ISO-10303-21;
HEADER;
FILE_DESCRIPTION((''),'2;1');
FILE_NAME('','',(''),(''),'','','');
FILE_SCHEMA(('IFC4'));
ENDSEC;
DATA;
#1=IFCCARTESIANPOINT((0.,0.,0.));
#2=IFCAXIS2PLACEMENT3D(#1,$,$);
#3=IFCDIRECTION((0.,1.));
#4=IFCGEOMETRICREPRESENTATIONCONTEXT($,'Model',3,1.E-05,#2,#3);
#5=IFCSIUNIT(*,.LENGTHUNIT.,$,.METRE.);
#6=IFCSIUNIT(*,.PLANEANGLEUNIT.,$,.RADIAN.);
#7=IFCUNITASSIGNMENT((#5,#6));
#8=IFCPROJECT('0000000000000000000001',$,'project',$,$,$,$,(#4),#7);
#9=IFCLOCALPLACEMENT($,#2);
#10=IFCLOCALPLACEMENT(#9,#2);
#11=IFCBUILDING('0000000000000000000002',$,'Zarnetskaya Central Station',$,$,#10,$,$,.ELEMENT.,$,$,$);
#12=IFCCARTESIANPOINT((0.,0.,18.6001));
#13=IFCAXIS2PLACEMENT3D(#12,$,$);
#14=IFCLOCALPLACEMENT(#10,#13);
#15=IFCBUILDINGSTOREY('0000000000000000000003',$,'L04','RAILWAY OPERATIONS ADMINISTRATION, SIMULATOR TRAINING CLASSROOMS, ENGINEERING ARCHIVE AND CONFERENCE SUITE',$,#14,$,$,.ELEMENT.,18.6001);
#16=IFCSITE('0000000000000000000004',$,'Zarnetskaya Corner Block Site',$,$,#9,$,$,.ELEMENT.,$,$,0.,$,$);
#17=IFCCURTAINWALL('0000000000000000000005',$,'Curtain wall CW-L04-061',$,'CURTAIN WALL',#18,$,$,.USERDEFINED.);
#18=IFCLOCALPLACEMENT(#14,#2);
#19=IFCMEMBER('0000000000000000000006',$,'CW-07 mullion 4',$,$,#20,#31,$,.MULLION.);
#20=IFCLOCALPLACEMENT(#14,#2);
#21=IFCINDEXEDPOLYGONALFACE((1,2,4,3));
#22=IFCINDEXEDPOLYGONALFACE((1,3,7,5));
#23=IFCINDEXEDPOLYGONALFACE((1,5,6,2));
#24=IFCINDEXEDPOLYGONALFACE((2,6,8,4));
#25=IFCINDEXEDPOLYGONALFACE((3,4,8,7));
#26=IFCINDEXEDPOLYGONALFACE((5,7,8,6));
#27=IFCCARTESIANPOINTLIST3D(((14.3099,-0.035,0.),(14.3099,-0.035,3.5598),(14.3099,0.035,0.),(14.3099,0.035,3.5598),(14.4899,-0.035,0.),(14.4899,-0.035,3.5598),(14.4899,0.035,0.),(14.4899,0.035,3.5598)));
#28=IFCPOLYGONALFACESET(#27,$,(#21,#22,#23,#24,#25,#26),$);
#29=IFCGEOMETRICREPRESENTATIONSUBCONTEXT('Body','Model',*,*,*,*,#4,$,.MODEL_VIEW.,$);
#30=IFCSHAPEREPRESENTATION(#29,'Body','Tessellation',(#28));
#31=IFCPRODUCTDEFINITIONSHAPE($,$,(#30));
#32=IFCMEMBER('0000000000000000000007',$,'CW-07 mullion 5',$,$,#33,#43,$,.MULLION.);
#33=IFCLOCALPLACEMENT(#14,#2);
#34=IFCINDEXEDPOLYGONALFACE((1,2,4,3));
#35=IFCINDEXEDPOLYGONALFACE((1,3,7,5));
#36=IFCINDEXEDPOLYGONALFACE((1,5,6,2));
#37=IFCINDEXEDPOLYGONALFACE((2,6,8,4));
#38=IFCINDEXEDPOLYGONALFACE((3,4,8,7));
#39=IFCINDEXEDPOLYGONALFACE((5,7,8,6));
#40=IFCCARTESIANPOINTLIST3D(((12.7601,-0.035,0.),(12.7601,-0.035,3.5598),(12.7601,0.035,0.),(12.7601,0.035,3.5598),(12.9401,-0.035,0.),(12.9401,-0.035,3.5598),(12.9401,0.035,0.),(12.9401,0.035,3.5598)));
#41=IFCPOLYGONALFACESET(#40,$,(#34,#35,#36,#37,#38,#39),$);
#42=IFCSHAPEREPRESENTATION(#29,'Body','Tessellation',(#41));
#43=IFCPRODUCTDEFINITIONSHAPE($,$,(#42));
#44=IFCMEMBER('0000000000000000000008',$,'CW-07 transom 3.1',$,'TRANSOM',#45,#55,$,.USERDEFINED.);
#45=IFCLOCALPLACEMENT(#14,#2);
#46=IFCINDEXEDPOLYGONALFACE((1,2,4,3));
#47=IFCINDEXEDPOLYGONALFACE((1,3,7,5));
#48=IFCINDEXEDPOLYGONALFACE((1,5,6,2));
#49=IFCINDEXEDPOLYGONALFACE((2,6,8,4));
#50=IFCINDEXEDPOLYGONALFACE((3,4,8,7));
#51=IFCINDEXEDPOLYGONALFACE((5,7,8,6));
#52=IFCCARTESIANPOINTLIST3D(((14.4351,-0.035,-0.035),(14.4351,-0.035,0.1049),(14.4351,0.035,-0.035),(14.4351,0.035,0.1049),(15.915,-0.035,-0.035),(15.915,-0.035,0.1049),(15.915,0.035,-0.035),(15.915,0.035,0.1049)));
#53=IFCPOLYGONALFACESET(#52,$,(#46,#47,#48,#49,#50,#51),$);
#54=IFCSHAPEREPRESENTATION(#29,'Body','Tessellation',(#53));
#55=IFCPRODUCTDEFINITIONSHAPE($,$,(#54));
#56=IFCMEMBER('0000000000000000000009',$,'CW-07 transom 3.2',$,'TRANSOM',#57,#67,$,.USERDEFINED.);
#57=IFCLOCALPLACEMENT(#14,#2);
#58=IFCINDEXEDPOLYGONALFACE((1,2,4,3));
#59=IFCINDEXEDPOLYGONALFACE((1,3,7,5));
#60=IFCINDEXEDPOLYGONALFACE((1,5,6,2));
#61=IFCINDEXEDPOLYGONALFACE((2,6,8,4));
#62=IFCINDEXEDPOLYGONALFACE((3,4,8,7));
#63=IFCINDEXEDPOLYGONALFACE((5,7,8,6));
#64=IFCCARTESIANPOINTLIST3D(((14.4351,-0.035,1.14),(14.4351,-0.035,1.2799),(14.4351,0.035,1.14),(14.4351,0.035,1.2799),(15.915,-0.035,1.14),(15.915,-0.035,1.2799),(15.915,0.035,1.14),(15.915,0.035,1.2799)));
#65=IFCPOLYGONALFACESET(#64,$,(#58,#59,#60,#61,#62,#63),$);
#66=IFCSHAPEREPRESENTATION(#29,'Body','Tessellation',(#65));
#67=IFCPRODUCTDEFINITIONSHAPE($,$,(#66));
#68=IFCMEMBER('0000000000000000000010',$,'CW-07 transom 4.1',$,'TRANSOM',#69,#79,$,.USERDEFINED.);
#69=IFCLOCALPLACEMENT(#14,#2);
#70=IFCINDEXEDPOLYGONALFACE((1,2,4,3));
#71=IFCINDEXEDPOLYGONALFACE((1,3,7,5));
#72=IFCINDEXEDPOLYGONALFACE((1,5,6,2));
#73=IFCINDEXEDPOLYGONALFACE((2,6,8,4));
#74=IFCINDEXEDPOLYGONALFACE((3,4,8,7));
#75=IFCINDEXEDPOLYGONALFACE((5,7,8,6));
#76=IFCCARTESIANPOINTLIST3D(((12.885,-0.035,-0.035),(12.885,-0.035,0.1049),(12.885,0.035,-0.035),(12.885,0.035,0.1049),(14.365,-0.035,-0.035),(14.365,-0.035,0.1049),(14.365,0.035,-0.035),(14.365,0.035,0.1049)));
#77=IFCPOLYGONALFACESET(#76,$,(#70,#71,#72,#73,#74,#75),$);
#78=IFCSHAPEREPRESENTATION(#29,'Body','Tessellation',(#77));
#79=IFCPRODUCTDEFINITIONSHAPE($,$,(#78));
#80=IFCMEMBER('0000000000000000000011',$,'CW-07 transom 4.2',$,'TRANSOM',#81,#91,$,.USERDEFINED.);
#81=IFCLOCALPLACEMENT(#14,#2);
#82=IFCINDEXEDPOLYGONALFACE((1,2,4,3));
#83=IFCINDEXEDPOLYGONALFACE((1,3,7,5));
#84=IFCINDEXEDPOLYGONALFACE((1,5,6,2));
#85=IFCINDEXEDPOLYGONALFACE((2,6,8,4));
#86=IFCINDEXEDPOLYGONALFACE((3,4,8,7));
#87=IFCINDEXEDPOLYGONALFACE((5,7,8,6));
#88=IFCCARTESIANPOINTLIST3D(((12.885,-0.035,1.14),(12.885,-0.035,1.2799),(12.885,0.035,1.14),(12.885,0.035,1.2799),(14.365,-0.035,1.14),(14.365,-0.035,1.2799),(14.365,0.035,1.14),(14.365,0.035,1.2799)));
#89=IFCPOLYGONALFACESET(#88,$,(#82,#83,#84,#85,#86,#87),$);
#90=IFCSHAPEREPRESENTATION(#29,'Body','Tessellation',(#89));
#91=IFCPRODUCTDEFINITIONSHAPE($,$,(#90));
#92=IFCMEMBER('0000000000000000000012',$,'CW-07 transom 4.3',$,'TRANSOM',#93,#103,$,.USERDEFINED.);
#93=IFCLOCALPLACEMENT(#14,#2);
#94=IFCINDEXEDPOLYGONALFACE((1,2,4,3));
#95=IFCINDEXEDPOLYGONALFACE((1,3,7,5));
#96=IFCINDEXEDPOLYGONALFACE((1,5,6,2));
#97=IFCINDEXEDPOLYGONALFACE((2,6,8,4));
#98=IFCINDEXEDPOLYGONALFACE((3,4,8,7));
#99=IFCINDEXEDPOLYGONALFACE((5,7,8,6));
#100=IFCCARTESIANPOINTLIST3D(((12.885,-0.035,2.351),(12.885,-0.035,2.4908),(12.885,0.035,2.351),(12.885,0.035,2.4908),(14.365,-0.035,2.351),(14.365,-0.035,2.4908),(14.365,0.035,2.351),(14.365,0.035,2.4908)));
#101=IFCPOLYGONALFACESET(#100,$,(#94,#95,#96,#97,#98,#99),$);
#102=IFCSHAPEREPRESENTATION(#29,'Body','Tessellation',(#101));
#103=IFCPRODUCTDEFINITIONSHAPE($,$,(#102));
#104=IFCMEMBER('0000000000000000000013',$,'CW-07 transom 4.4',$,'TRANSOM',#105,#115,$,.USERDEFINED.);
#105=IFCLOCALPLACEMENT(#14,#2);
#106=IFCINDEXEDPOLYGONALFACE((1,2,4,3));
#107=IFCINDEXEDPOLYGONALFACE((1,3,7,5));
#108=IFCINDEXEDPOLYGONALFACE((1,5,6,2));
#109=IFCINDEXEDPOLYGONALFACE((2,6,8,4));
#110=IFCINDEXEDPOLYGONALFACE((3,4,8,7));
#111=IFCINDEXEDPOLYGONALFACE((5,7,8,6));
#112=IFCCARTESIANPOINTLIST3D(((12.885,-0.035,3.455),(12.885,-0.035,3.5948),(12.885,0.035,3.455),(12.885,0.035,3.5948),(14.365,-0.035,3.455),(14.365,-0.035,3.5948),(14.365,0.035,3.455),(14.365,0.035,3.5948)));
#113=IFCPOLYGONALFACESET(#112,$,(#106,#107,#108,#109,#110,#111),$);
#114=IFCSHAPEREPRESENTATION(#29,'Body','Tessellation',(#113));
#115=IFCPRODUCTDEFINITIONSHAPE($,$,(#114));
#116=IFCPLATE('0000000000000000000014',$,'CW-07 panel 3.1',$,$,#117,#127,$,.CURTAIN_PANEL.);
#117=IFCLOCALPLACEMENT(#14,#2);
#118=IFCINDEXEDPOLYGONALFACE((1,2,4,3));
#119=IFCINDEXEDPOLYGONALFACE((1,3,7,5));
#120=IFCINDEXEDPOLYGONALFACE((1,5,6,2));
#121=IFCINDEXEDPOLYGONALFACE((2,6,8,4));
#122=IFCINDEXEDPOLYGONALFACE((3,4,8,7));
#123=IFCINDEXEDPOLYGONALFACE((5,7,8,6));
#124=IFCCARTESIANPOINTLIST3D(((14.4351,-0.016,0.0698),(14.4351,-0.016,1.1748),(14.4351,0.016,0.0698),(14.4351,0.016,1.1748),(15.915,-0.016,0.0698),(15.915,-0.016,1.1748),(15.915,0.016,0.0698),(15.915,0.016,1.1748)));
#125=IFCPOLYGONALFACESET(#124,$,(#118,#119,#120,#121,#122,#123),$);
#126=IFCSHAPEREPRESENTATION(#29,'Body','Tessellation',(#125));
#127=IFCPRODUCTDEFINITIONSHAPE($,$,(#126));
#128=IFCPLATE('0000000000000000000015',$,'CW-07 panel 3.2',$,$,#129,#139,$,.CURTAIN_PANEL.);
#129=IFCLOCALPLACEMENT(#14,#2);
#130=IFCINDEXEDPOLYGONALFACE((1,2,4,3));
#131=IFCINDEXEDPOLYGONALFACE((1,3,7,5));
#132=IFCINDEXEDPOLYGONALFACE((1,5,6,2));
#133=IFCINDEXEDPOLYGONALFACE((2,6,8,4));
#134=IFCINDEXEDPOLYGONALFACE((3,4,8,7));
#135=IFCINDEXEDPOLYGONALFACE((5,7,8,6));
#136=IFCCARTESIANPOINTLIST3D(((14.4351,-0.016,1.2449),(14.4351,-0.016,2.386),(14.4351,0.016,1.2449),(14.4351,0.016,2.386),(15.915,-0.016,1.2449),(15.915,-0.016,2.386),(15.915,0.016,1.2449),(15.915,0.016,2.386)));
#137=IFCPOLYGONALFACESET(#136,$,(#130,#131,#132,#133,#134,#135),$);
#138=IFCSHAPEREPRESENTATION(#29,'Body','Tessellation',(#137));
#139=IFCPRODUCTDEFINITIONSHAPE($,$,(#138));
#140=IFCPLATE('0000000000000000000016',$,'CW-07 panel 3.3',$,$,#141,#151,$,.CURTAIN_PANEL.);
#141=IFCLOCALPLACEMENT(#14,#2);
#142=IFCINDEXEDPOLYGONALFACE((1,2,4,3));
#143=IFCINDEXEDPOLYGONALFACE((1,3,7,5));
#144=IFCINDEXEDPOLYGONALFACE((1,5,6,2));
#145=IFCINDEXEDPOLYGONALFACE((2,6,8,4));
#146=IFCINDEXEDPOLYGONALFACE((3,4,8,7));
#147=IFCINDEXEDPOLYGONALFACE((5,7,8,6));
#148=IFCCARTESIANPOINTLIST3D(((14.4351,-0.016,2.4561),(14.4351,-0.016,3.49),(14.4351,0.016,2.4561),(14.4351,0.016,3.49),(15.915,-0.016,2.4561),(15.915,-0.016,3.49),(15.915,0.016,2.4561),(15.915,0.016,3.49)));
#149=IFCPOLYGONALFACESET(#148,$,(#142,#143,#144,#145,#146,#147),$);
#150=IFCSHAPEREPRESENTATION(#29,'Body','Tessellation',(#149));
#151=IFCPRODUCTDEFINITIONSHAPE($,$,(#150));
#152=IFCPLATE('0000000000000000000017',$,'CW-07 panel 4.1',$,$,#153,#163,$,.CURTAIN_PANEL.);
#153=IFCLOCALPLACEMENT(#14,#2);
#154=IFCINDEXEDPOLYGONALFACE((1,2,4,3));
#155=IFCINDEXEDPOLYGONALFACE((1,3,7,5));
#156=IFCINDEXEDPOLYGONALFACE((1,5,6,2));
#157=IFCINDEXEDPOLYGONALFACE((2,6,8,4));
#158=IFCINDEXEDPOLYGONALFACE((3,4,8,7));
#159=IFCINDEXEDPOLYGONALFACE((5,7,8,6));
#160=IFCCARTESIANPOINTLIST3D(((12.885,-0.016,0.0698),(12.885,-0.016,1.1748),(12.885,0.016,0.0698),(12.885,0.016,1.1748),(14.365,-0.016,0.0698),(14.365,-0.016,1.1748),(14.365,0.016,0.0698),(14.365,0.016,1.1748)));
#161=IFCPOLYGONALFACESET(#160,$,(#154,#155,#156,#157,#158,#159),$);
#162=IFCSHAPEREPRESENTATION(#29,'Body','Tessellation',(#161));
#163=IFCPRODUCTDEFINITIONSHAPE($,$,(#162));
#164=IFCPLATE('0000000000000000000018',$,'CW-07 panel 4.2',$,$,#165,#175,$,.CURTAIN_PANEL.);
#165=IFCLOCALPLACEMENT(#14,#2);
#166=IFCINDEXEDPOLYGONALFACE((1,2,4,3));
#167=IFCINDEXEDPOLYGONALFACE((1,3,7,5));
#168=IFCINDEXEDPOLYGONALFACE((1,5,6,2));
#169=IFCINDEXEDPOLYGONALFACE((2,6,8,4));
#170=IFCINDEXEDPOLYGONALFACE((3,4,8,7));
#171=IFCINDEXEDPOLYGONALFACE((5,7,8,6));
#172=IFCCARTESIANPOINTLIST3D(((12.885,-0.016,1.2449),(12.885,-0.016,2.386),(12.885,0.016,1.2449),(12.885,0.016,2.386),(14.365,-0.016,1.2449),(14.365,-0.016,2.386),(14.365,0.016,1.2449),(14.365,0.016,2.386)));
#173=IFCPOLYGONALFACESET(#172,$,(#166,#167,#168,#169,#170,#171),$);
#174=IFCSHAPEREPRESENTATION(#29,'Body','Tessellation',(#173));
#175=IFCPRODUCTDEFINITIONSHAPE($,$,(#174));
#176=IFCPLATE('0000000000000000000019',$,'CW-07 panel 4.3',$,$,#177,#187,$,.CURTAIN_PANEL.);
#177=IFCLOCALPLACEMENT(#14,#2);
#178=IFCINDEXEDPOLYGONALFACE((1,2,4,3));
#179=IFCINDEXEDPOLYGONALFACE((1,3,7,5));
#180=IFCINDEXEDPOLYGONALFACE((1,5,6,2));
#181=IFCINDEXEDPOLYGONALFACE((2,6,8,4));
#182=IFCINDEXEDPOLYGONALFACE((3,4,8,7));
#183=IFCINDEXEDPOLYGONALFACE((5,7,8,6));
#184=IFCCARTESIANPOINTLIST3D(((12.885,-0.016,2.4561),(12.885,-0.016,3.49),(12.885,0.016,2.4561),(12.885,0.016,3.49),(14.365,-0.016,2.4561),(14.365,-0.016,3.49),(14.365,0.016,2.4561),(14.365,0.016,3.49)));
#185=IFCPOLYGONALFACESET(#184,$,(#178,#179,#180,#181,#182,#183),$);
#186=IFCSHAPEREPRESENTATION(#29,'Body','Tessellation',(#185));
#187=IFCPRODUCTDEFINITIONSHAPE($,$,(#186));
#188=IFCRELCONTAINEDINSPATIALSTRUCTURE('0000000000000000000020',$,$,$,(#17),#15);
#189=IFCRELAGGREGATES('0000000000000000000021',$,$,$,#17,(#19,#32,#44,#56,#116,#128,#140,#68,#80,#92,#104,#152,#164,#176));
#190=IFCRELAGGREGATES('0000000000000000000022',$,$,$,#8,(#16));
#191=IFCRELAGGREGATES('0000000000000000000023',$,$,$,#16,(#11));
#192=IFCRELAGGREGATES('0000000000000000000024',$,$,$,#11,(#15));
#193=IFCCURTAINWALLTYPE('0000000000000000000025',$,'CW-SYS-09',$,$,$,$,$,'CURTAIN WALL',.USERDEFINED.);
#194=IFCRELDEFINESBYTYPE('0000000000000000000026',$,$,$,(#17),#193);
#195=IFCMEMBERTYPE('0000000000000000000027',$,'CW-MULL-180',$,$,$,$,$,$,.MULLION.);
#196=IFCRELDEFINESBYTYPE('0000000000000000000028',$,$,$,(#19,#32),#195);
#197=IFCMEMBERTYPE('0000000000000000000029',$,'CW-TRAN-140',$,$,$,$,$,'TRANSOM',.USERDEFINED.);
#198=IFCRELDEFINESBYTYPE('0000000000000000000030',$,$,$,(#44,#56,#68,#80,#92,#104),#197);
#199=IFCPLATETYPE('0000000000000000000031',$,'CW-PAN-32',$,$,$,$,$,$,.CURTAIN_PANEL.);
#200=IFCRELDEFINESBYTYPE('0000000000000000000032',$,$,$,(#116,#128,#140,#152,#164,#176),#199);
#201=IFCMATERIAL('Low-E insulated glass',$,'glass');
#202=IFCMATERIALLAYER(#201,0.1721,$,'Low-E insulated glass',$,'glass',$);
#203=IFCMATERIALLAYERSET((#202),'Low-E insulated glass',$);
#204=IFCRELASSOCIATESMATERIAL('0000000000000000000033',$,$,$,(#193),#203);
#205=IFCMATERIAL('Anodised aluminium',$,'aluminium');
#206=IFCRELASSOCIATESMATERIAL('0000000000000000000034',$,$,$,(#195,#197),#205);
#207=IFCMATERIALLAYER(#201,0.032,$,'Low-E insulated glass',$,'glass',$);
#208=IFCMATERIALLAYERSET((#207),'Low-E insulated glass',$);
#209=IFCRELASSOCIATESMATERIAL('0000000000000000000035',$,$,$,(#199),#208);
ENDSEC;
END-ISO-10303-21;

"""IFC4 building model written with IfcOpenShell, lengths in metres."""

from ifc_helpers import new_model, si_unit, direction, frame, origin, origin_2d, place, context, subcontext, project, spatial, rectangle, extrude, material, layer, layer_set, material_profile, profile_set, type_object, element, aggregate, save


model = new_model("IFC4")

# Units and contexts
model_context = context("Model", 3, precision=1e-05, world=origin(), true_north=direction((0.0, 1.0)))
body_context = subcontext(model_context, "Body", "Model", "MODEL_VIEW")
ifc_project = project(units=[si_unit("LENGTHUNIT", "METRE"), si_unit("PLANEANGLEUNIT", "RADIAN")], contexts=[model_context])

# Site, building, storey
site_placement = place(None, origin())
site = spatial("IfcSite", under=ifc_project, at=site_placement, Name="Zarnetskaya Corner Block Site", CompositionType="ELEMENT", RefElevation=0.0)
building_placement = place(site_placement, origin())
building = spatial("IfcBuilding", under=site, at=building_placement, Name="Zarnetskaya Central Station", CompositionType="ELEMENT")
storey_placement = place(building_placement, frame((0.0, 0.0, 18.6001)))
storey = spatial("IfcBuildingStorey", under=building, at=storey_placement, Name="L04", Description="RAILWAY OPERATIONS ADMINISTRATION, SIMULATOR TRAINING CLASSROOMS, ENGINEERING ARCHIVE AND CONFERENCE SUITE", CompositionType="ELEMENT", Elevation=18.6001)

# Curtain wall, members, plates
ifc_material_1 = material(Name="Low-E insulated glass", Category="glass")
ifc_layer_1 = layer(ifc_material_1, 0.1721, Name="Low-E insulated glass", Category="glass")
ifc_layer_set_1 = layer_set([ifc_layer_1], Name="Low-E insulated glass")
curtain_wall_type = type_object("IfcCurtainWallType", Name="CW-SYS-09", ElementType="CURTAIN WALL", PredefinedType="USERDEFINED", material=ifc_layer_set_1)
curtain_wall_placement = place(storey_placement, origin())
curtain_wall = element("IfcCurtainWall", 1, at=curtain_wall_placement, inside=storey, type_object=curtain_wall_type, Name="Curtain wall CW-L04-061", ObjectType="CURTAIN WALL", PredefinedType="USERDEFINED")
ifc_material_2 = material(Name="Anodised aluminium", Category="aluminium")
ifc_material_profile_1 = material_profile(ifc_material_2, rectangle(XDim=0.0701, YDim=0.1799, at=origin_2d()), Name="ALU MULL 70x180")
ifc_profile_set_1 = profile_set([ifc_material_profile_1], Name="Anodised aluminium")
member_type_1 = type_object("IfcMemberType", Name="CW-MULL-180", PredefinedType="MULLION", material=ifc_profile_set_1)
member_1_placement = place(storey_placement, frame((14.3999, 0.0, 0.0), z_axis=(0.0, 0.0, 1.0), x_axis=(0.0, -1.0, 0.0)))
member_1 = element("IfcMember", 2, at=member_1_placement, type_object=member_type_1, Name="CW-07 mullion 4", PredefinedType="MULLION", context=body_context, shape_type="SweptSolid", body=[
    extrude(rectangle(XDim=0.0701, YDim=0.1799, at=origin_2d()), origin(), (0.0, 0.0, 1.0), 3.5598),
])
member_2_placement = place(storey_placement, frame((12.8501, 0.0, 0.0), z_axis=(0.0, 0.0, 1.0), x_axis=(0.0, -1.0, 0.0)))
member_2 = element("IfcMember", 3, at=member_2_placement, type_object=member_type_1, Name="CW-07 mullion 5", PredefinedType="MULLION", context=body_context, shape_type="SweptSolid", body=[
    extrude(rectangle(XDim=0.0701, YDim=0.1799, at=origin_2d()), origin(), (0.0, 0.0, 1.0), 3.5598),
])
ifc_material_profile_2 = material_profile(ifc_material_2, rectangle(XDim=0.0701, YDim=0.1399, at=origin_2d()), Name="ALU TRAN 70x140")
ifc_profile_set_2 = profile_set([ifc_material_profile_2], Name="Anodised aluminium")
member_type_2 = type_object("IfcMemberType", Name="CW-TRAN-140", ElementType="TRANSOM", PredefinedType="USERDEFINED", material=ifc_profile_set_2)
member_3_placement = place(storey_placement, frame((15.915, 0.0, 0.0349), z_axis=(-1.0, 0.0, 0.0), x_axis=(0.0, -1.0, 0.0)))
member_3 = element("IfcMember", 4, at=member_3_placement, type_object=member_type_2, Name="CW-07 transom 3.1", ObjectType="TRANSOM", PredefinedType="USERDEFINED", context=body_context, shape_type="SweptSolid", body=[
    extrude(rectangle(XDim=0.0701, YDim=0.1399, at=origin_2d()), origin(), (0.0, 0.0, 1.0), 1.48),
])
member_4_placement = place(storey_placement, frame((15.915, 0.0, 1.21), z_axis=(-1.0, 0.0, 0.0), x_axis=(0.0, -1.0, 0.0)))
member_4 = element("IfcMember", 5, at=member_4_placement, type_object=member_type_2, Name="CW-07 transom 3.2", ObjectType="TRANSOM", PredefinedType="USERDEFINED", context=body_context, shape_type="SweptSolid", body=[
    extrude(rectangle(XDim=0.0701, YDim=0.1399, at=origin_2d()), origin(), (0.0, 0.0, 1.0), 1.48),
])
member_5_placement = place(storey_placement, frame((14.365, 0.0, 0.0349), z_axis=(-1.0, 0.0, 0.0), x_axis=(0.0, -1.0, 0.0)))
member_5 = element("IfcMember", 6, at=member_5_placement, type_object=member_type_2, Name="CW-07 transom 4.1", ObjectType="TRANSOM", PredefinedType="USERDEFINED", context=body_context, shape_type="SweptSolid", body=[
    extrude(rectangle(XDim=0.0701, YDim=0.1399, at=origin_2d()), origin(), (0.0, 0.0, 1.0), 1.48),
])
member_6_placement = place(storey_placement, frame((14.365, 0.0, 1.21), z_axis=(-1.0, 0.0, 0.0), x_axis=(0.0, -1.0, 0.0)))
member_6 = element("IfcMember", 7, at=member_6_placement, type_object=member_type_2, Name="CW-07 transom 4.2", ObjectType="TRANSOM", PredefinedType="USERDEFINED", context=body_context, shape_type="SweptSolid", body=[
    extrude(rectangle(XDim=0.0701, YDim=0.1399, at=origin_2d()), origin(), (0.0, 0.0, 1.0), 1.48),
])
member_7_placement = place(storey_placement, frame((14.365, 0.0, 2.4209), z_axis=(-1.0, 0.0, 0.0), x_axis=(0.0, -1.0, 0.0)))
member_7 = element("IfcMember", 8, at=member_7_placement, type_object=member_type_2, Name="CW-07 transom 4.3", ObjectType="TRANSOM", PredefinedType="USERDEFINED", context=body_context, shape_type="SweptSolid", body=[
    extrude(rectangle(XDim=0.0701, YDim=0.1399, at=origin_2d()), origin(), (0.0, 0.0, 1.0), 1.48),
])
member_8_placement = place(storey_placement, frame((14.365, 0.0, 3.5249), z_axis=(-1.0, 0.0, 0.0), x_axis=(0.0, -1.0, 0.0)))
member_8 = element("IfcMember", 9, at=member_8_placement, type_object=member_type_2, Name="CW-07 transom 4.4", ObjectType="TRANSOM", PredefinedType="USERDEFINED", context=body_context, shape_type="SweptSolid", body=[
    extrude(rectangle(XDim=0.0701, YDim=0.1399, at=origin_2d()), origin(), (0.0, 0.0, 1.0), 1.48),
])
ifc_layer_2 = layer(ifc_material_1, 0.032, Name="Low-E insulated glass", Category="glass")
ifc_layer_set_2 = layer_set([ifc_layer_2], Name="Low-E insulated glass")
plate_type = type_object("IfcPlateType", Name="CW-PAN-32", PredefinedType="CURTAIN_PANEL", material=ifc_layer_set_2)
plate_1_placement = place(storey_placement, frame((15.175, 0.0, 0.0698), z_axis=(0.0, 0.0, 1.0), x_axis=(-1.0, 0.0, 0.0)))
plate_1 = element("IfcPlate", 10, at=plate_1_placement, type_object=plate_type, Name="CW-07 panel 3.1", PredefinedType="CURTAIN_PANEL", context=body_context, shape_type="SweptSolid", body=[
    extrude(rectangle(XDim=1.48, YDim=0.032, at=origin_2d()), origin(), (0.0, 0.0, 1.0), 1.105),
])
plate_2_placement = place(storey_placement, frame((15.175, 0.0, 1.2449), z_axis=(0.0, 0.0, 1.0), x_axis=(-1.0, 0.0, 0.0)))
plate_2 = element("IfcPlate", 11, at=plate_2_placement, type_object=plate_type, Name="CW-07 panel 3.2", PredefinedType="CURTAIN_PANEL", context=body_context, shape_type="SweptSolid", body=[
    extrude(rectangle(XDim=1.48, YDim=0.032, at=origin_2d()), origin(), (0.0, 0.0, 1.0), 1.1411),
])
plate_3_placement = place(storey_placement, frame((15.175, 0.0, 2.4561), z_axis=(0.0, 0.0, 1.0), x_axis=(-1.0, 0.0, 0.0)))
plate_3 = element("IfcPlate", 12, at=plate_3_placement, type_object=plate_type, Name="CW-07 panel 3.3", PredefinedType="CURTAIN_PANEL", context=body_context, shape_type="SweptSolid", body=[
    extrude(rectangle(XDim=1.48, YDim=0.032, at=origin_2d()), origin(), (0.0, 0.0, 1.0), 1.0339),
])
plate_4_placement = place(storey_placement, frame((13.625, 0.0, 0.0698), z_axis=(0.0, 0.0, 1.0), x_axis=(-1.0, 0.0, 0.0)))
plate_4 = element("IfcPlate", 13, at=plate_4_placement, type_object=plate_type, Name="CW-07 panel 4.1", PredefinedType="CURTAIN_PANEL", context=body_context, shape_type="SweptSolid", body=[
    extrude(rectangle(XDim=1.48, YDim=0.032, at=origin_2d()), origin(), (0.0, 0.0, 1.0), 1.105),
])
plate_5_placement = place(storey_placement, frame((13.625, 0.0, 1.2449), z_axis=(0.0, 0.0, 1.0), x_axis=(-1.0, 0.0, 0.0)))
plate_5 = element("IfcPlate", 14, at=plate_5_placement, type_object=plate_type, Name="CW-07 panel 4.2", PredefinedType="CURTAIN_PANEL", context=body_context, shape_type="SweptSolid", body=[
    extrude(rectangle(XDim=1.48, YDim=0.032, at=origin_2d()), origin(), (0.0, 0.0, 1.0), 1.1411),
])
plate_6_placement = place(storey_placement, frame((13.625, 0.0, 2.4561), z_axis=(0.0, 0.0, 1.0), x_axis=(-1.0, 0.0, 0.0)))
plate_6 = element("IfcPlate", 15, at=plate_6_placement, type_object=plate_type, Name="CW-07 panel 4.3", PredefinedType="CURTAIN_PANEL", context=body_context, shape_type="SweptSolid", body=[
    extrude(rectangle(XDim=1.48, YDim=0.032, at=origin_2d()), origin(), (0.0, 0.0, 1.0), 1.0339),
])
aggregate(curtain_wall, [member_1, member_2, member_3, member_4, plate_1, plate_2, plate_3, member_5, member_6, member_7, member_8, plate_4, plate_5, plate_6])

save(model, "model.ifc")
